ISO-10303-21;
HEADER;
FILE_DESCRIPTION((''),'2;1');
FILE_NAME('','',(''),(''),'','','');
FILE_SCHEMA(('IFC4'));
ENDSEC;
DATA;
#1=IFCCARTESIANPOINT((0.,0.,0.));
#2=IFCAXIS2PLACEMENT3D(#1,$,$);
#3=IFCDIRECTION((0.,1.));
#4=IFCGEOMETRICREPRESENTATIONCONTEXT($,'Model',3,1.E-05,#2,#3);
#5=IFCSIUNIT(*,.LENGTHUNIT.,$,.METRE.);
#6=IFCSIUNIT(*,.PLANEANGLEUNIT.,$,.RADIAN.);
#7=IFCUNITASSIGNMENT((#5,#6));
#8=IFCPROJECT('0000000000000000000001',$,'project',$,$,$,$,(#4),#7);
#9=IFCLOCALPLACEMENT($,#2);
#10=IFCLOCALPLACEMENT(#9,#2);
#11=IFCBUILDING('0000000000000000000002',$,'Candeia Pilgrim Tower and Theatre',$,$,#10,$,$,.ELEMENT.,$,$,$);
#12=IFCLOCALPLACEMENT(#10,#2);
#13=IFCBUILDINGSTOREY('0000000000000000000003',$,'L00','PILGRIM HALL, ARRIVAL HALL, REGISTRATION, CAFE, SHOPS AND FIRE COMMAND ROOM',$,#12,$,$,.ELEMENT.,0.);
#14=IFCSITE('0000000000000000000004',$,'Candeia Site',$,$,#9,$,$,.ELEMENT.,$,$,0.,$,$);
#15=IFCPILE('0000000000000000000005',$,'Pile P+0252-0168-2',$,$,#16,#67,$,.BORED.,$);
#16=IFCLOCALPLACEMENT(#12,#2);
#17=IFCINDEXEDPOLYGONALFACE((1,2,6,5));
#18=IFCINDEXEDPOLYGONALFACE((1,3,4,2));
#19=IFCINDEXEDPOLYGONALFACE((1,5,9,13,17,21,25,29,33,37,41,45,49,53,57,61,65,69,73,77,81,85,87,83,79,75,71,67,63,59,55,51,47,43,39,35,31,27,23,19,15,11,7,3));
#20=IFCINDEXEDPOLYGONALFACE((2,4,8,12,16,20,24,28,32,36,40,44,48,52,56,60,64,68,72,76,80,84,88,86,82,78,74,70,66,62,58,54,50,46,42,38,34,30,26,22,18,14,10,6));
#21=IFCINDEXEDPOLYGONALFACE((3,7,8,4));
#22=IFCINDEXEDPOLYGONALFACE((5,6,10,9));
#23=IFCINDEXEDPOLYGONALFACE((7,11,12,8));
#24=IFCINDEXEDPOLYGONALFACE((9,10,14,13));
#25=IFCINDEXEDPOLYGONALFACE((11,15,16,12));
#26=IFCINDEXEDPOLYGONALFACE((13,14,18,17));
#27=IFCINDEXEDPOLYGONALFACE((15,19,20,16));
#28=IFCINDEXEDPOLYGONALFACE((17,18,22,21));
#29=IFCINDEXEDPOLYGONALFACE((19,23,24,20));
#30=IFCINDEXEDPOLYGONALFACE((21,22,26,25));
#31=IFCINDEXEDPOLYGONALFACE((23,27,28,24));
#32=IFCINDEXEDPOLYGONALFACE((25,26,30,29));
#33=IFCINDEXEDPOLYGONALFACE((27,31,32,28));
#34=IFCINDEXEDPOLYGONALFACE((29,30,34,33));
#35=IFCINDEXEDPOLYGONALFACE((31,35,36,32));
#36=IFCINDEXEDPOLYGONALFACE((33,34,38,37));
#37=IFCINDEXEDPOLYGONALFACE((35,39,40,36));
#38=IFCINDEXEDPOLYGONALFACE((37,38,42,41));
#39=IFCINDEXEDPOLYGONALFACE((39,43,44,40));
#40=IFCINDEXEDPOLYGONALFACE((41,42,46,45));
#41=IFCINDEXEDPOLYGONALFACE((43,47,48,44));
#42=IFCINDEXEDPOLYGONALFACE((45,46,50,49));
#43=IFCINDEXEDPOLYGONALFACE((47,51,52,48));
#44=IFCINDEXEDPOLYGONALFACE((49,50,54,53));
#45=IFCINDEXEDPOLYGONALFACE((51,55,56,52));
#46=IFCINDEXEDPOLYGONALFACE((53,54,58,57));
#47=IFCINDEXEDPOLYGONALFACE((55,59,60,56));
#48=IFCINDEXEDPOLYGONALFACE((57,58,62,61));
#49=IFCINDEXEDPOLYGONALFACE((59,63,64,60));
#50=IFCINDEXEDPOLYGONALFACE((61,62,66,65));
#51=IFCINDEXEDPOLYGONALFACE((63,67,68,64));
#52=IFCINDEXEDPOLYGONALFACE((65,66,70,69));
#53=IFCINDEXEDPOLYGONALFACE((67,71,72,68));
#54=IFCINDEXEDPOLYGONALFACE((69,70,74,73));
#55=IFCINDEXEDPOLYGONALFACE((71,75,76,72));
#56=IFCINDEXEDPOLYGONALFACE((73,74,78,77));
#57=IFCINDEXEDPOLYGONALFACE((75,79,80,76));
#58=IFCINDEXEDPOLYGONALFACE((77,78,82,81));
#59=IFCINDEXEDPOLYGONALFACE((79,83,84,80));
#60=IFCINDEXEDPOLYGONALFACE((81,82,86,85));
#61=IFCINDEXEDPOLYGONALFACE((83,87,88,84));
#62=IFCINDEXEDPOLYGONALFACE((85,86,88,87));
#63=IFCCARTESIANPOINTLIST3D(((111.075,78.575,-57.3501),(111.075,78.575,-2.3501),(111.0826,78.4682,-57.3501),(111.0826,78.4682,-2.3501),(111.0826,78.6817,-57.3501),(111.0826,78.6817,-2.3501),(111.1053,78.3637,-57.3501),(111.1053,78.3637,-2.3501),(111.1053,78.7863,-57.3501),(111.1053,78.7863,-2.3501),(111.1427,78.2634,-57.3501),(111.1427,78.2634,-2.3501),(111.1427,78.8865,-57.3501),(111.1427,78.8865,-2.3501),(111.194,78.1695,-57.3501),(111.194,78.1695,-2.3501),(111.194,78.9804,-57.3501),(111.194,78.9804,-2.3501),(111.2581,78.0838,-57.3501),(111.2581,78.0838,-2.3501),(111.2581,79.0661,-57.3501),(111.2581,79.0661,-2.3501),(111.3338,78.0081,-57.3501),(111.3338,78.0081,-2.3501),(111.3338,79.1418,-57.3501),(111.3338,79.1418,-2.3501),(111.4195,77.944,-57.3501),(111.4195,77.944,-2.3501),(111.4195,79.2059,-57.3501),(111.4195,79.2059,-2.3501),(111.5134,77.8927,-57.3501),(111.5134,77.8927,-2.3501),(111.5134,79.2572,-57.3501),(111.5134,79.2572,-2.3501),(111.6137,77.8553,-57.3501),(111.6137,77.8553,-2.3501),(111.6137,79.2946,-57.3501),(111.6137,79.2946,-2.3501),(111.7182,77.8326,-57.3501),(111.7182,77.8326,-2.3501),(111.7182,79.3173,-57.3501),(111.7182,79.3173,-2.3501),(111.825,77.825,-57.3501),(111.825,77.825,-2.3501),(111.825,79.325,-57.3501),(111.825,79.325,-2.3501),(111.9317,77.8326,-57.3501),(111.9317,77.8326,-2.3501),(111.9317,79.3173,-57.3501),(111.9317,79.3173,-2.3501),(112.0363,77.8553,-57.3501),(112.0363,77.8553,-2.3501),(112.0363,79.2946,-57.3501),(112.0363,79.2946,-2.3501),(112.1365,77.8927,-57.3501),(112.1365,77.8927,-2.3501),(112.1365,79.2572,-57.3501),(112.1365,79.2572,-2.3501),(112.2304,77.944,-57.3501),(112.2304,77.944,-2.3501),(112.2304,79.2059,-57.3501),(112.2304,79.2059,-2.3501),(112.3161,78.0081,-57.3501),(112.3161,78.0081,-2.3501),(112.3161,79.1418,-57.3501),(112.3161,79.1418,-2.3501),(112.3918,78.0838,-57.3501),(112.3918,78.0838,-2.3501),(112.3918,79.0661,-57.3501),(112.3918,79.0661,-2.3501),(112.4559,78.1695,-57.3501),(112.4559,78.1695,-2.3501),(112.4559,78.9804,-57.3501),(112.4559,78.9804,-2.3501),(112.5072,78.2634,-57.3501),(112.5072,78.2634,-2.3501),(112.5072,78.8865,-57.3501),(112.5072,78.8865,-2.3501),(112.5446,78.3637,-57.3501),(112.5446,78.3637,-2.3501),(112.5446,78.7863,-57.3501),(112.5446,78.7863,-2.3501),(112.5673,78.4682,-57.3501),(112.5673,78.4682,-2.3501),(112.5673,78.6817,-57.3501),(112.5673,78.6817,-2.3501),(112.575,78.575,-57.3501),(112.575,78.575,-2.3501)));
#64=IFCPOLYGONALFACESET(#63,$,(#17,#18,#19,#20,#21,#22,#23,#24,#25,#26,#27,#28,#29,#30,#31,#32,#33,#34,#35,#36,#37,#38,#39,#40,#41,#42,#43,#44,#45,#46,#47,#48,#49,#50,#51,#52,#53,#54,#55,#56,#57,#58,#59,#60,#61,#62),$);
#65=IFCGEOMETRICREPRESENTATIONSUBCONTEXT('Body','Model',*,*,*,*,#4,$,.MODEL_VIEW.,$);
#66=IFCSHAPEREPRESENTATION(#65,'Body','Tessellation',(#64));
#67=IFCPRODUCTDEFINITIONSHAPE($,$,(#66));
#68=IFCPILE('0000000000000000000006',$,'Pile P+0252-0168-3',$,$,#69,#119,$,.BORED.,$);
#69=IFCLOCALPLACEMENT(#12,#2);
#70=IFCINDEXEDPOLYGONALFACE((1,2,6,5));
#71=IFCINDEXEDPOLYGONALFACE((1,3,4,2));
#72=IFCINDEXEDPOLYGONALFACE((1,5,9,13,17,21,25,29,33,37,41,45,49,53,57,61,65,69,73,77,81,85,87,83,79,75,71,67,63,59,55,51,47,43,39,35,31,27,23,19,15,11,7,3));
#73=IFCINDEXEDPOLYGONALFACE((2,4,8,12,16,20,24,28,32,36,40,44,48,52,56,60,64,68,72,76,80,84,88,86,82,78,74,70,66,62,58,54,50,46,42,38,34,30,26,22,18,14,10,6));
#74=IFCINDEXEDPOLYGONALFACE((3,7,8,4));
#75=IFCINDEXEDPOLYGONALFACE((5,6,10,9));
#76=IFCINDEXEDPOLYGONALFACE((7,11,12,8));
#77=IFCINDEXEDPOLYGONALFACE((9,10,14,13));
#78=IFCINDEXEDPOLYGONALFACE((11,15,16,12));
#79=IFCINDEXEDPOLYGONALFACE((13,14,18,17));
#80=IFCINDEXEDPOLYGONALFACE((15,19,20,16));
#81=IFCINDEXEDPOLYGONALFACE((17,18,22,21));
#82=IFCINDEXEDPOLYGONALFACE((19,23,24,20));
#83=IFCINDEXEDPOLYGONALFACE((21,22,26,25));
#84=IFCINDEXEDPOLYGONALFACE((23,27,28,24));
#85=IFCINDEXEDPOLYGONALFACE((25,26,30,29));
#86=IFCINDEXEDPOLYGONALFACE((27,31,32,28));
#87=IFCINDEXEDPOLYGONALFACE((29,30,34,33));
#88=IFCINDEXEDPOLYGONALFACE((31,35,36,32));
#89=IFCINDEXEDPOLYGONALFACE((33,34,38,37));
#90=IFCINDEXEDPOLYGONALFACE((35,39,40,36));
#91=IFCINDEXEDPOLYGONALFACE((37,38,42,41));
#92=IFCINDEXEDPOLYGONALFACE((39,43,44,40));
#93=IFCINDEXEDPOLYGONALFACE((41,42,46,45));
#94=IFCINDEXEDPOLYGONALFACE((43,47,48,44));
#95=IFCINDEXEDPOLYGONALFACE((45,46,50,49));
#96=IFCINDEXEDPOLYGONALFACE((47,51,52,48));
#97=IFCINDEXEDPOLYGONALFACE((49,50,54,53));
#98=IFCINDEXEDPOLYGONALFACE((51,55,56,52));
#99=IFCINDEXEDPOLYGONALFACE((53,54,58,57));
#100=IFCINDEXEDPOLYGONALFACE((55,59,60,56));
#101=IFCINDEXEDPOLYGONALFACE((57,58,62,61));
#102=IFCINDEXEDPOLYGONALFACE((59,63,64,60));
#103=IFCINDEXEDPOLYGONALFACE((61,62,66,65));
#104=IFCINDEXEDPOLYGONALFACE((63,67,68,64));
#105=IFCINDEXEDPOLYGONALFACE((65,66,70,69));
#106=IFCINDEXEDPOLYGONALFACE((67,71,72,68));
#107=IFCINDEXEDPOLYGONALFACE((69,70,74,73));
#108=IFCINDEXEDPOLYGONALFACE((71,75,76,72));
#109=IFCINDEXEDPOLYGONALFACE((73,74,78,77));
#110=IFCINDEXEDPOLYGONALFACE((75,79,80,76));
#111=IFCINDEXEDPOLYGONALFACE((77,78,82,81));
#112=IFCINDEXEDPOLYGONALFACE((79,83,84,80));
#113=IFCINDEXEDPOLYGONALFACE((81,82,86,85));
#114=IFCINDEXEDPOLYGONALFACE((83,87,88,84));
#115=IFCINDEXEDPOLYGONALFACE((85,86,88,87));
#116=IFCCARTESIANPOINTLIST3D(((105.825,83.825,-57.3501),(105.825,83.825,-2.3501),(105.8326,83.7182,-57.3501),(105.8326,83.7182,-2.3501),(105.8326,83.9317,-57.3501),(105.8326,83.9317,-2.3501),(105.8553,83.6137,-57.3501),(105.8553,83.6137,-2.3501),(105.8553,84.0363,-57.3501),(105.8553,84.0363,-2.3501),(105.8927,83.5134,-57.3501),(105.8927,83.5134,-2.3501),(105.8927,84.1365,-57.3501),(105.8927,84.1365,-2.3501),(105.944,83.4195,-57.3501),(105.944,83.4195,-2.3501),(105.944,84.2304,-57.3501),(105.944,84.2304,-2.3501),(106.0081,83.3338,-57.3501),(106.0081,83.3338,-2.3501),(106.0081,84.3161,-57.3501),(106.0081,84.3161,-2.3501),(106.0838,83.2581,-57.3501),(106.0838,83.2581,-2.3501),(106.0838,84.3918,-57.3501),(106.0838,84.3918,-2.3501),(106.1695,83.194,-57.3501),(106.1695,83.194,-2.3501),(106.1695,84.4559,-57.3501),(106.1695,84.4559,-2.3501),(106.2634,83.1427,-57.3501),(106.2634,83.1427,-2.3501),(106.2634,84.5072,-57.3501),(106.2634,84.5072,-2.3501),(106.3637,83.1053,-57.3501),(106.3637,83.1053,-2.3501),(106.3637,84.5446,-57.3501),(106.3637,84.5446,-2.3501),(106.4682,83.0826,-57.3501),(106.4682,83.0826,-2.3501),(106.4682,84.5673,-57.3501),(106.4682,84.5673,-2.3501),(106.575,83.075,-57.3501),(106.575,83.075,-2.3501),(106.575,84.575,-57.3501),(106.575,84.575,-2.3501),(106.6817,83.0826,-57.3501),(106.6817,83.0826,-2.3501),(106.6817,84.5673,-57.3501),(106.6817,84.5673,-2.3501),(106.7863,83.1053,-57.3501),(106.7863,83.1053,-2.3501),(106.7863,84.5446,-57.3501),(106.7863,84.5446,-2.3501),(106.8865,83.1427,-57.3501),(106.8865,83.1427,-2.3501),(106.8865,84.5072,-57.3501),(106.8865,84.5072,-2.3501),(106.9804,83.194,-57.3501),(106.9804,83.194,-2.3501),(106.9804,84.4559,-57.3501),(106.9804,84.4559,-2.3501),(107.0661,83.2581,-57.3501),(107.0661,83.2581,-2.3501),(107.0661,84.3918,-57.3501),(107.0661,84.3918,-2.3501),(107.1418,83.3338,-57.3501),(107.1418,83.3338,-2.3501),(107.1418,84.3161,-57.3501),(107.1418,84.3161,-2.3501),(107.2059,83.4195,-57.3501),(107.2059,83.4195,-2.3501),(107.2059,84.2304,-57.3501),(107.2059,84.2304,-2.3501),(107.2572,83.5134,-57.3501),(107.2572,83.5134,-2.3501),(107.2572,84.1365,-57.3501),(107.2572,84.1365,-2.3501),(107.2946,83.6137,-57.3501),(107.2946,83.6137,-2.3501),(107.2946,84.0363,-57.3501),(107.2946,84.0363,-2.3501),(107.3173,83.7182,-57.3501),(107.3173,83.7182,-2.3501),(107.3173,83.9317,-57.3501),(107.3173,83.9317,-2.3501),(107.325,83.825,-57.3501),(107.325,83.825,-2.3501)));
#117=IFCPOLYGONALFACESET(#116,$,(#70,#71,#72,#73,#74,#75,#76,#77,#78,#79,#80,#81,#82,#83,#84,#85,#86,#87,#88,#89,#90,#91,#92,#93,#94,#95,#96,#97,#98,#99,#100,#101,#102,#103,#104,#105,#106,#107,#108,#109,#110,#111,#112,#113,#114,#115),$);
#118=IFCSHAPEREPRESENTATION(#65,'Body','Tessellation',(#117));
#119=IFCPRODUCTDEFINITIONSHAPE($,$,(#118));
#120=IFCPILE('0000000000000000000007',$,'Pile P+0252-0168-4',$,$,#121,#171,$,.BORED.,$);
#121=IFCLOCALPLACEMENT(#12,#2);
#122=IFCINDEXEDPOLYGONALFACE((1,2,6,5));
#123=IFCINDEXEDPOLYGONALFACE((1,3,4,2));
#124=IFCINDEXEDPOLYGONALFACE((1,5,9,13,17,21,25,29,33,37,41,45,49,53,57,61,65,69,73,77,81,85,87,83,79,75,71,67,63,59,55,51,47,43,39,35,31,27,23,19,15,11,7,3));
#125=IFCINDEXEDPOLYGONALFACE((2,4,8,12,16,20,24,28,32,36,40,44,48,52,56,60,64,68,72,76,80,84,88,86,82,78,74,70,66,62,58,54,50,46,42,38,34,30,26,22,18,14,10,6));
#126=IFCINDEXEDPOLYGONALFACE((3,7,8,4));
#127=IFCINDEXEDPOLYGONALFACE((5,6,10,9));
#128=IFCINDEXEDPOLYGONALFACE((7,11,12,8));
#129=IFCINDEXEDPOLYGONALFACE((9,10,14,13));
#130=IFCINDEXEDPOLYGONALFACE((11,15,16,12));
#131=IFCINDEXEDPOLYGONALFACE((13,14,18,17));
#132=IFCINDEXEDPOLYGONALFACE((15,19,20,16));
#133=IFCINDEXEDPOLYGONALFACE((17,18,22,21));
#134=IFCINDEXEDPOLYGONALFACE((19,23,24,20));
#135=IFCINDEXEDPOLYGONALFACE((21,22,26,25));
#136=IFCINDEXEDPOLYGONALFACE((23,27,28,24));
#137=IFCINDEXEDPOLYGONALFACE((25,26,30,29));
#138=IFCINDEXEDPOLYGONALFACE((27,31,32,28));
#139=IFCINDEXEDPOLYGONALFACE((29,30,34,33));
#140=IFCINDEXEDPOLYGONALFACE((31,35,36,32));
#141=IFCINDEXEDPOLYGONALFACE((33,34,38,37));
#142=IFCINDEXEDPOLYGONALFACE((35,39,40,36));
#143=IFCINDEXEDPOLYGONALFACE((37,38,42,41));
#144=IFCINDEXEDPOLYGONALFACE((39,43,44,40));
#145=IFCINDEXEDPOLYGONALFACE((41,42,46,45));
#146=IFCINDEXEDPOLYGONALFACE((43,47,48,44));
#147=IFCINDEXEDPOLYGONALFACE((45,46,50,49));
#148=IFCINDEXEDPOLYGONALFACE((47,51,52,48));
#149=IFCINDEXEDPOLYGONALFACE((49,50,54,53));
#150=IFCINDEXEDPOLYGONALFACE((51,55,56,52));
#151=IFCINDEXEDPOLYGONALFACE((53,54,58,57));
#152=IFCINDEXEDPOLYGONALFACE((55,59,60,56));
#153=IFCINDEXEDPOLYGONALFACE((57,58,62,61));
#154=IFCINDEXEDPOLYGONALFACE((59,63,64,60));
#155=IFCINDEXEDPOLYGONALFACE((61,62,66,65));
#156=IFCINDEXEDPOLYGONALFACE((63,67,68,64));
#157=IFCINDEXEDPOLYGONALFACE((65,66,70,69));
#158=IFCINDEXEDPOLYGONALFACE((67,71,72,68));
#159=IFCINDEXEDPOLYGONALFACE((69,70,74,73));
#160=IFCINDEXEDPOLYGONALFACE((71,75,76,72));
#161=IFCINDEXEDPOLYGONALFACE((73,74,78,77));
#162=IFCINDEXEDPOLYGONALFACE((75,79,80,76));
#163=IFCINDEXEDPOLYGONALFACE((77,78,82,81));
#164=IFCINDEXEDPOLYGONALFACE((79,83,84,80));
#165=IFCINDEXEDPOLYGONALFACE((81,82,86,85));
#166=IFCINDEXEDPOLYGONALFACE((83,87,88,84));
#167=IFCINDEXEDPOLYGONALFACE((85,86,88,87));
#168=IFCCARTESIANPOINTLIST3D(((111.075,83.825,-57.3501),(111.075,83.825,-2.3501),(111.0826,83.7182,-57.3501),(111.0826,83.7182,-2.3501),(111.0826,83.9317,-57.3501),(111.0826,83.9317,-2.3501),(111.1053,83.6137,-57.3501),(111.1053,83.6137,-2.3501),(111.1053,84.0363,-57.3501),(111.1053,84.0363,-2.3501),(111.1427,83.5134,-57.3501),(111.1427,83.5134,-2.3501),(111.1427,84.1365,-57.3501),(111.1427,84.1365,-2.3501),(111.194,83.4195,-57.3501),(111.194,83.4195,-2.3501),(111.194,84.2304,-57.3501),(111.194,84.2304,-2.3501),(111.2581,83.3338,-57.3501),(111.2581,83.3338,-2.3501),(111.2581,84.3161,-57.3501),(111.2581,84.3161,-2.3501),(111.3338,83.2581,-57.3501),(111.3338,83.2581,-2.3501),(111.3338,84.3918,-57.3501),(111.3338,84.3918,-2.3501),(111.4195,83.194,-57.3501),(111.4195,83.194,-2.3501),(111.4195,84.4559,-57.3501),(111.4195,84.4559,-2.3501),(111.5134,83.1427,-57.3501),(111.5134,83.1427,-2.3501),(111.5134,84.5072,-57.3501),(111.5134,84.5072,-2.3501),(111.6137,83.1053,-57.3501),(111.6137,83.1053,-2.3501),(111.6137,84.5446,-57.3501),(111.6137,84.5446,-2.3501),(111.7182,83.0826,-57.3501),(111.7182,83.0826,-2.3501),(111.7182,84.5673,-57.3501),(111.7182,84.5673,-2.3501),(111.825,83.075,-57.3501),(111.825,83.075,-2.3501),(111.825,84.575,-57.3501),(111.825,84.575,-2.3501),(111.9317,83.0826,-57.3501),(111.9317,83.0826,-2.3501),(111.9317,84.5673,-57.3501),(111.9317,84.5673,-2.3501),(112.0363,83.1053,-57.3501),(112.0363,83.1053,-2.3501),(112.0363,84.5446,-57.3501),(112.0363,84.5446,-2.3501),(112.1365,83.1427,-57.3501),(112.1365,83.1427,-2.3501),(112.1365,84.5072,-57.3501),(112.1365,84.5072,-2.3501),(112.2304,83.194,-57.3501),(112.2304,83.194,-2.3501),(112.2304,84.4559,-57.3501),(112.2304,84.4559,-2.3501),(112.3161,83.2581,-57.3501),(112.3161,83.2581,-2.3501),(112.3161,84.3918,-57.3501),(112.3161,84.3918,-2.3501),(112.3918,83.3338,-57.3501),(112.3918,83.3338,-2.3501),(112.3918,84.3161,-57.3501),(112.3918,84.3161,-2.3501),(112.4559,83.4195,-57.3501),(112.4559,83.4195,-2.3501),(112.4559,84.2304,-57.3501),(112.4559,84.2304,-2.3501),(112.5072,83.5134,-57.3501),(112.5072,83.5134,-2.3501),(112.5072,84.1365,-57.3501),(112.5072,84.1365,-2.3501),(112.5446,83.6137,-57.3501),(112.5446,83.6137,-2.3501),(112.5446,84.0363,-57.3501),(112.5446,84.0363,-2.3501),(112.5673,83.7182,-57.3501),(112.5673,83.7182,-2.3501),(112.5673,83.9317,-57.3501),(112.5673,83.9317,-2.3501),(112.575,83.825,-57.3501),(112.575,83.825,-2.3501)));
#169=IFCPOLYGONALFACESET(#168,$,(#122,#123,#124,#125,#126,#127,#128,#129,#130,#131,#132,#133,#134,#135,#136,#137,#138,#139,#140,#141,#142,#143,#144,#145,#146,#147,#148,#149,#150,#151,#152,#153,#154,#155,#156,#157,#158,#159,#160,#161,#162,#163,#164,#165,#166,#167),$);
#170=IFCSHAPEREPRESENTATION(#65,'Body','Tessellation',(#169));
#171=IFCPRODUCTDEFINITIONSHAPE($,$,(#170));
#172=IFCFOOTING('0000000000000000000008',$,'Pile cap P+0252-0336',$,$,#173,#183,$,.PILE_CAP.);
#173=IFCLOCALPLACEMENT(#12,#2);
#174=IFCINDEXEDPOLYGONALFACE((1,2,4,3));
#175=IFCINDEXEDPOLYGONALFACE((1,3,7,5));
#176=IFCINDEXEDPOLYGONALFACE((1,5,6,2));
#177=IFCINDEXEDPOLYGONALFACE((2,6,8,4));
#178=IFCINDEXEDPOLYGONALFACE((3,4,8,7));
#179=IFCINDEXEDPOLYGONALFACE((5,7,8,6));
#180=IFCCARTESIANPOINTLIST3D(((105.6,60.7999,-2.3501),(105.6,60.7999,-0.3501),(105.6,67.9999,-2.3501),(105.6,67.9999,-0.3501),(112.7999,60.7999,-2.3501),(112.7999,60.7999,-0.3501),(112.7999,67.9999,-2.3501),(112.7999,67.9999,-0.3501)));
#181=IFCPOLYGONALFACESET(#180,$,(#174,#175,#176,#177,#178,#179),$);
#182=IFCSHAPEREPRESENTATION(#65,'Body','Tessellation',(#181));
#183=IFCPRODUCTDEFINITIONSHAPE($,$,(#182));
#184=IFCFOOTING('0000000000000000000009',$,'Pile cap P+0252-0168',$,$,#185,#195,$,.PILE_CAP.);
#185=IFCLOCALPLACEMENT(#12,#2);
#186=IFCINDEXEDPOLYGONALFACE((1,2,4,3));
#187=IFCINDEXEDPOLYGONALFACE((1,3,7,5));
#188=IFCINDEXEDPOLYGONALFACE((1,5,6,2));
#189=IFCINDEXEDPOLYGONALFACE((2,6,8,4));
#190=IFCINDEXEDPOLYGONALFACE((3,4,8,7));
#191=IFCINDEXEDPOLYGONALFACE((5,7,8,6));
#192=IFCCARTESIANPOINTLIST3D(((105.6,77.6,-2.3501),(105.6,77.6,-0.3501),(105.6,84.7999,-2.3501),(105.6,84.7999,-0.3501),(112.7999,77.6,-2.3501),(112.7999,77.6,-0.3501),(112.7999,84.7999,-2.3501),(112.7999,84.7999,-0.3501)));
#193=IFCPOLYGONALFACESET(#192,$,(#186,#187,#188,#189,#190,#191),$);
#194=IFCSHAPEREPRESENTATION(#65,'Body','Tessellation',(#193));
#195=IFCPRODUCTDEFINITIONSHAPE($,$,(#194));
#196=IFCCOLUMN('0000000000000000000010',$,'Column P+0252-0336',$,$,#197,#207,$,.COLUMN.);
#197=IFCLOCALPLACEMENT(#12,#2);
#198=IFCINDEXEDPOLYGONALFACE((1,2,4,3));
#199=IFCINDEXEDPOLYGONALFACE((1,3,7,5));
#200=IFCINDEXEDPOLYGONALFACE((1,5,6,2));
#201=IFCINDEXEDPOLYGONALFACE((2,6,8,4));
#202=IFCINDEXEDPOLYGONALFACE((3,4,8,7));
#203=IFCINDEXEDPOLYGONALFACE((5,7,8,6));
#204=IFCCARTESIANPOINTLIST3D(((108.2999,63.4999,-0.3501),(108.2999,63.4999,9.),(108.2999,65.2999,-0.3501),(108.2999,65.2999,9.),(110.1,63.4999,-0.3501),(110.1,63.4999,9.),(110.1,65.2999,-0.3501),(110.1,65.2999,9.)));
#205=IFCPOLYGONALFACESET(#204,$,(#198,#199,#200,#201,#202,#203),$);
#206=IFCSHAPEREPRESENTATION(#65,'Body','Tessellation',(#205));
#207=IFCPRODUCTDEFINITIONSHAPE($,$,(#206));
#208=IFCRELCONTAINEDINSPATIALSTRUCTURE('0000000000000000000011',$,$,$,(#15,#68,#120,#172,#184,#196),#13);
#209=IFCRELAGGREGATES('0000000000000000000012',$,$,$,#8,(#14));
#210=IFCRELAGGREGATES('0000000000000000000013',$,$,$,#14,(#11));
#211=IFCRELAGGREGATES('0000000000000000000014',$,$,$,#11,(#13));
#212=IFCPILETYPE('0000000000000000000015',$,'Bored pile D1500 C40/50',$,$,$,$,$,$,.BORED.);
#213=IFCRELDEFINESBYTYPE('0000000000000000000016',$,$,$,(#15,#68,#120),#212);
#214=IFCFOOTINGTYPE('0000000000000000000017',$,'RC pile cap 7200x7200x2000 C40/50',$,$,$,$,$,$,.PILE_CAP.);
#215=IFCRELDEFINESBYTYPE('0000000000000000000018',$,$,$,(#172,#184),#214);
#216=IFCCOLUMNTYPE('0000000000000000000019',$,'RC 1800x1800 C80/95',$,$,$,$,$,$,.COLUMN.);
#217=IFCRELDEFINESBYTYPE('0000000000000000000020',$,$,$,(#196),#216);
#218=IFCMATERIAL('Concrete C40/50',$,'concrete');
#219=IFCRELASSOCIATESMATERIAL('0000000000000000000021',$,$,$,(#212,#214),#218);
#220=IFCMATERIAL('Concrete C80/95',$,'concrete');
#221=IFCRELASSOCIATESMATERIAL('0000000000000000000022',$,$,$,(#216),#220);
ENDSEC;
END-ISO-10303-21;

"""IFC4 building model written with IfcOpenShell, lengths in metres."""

from ifc_helpers import new_model, si_unit, direction, frame, origin, origin_2d, place, context, subcontext, project, spatial, rectangle, circle, extrude, material, material_profile, profile_set, type_object, element, save


model = new_model("IFC4")

# Units and contexts
model_context = context("Model", 3, precision=1e-05, world=origin(), true_north=direction((0.0, 1.0)))
body_context = subcontext(model_context, "Body", "Model", "MODEL_VIEW")
ifc_project = project(units=[si_unit("LENGTHUNIT", "METRE"), si_unit("PLANEANGLEUNIT", "RADIAN")], contexts=[model_context])

# Site, building, storey
site_placement = place(None, origin())
site = spatial("IfcSite", under=ifc_project, at=site_placement, Name="Candeia Site", CompositionType="ELEMENT", RefElevation=0.0)
building_placement = place(site_placement, origin())
building = spatial("IfcBuilding", under=site, at=building_placement, Name="Candeia Pilgrim Tower and Theatre", CompositionType="ELEMENT")
storey_placement = place(building_placement, origin())
storey = spatial("IfcBuildingStorey", under=building, at=storey_placement, Name="L00", Description="PILGRIM HALL, ARRIVAL HALL, REGISTRATION, CAFE, SHOPS AND FIRE COMMAND ROOM", CompositionType="ELEMENT", Elevation=0.0)

# Piles
ifc_material_1 = material(Name="Concrete C40/50", Category="concrete")
ifc_material_profile_1 = material_profile(ifc_material_1, circle(Radius=0.75, at=origin_2d()))
ifc_profile_set_1 = profile_set([ifc_material_profile_1], Name="Concrete C40/50")
pile_type = type_object("IfcPileType", Name="Bored pile D1500 C40/50", PredefinedType="BORED", material=ifc_profile_set_1)
for number, where, z_axis, x_axis, name in (
    (1, (111.825, 78.575, -2.3501), (0.0, 0.0, -1.0), (1.0, 0.0, 0.0), "Pile P+0252-0168-2"),
    (2, (106.575, 83.825, -2.3501), (0.0, 0.0, -1.0), (1.0, 0.0, 0.0), "Pile P+0252-0168-3"),
    (3, (111.825, 83.825, -2.3501), (0.0, 0.0, -1.0), (1.0, 0.0, 0.0), "Pile P+0252-0168-4"),
):
    element("IfcPile", number, at=place(storey_placement, frame(where, z_axis=z_axis, x_axis=x_axis)), inside=storey, type_object=pile_type, Name=name, PredefinedType="BORED", context=body_context, shape_type="SweptSolid", body=[
        extrude(circle(Radius=0.75, at=origin_2d()), origin(), (0.0, 0.0, 1.0), 55.0),
    ])

# Footings
footing_type = type_object("IfcFootingType", Name="RC pile cap 7200x7200x2000 C40/50", PredefinedType="PILE_CAP", material=ifc_material_1)
for number, where, z_axis, x_axis, name in (
    (4, (109.2, 64.3999, -2.3501), (0.0, 0.0, 1.0), (1.0, 0.0, 0.0), "Pile cap P+0252-0336"),
    (5, (109.2, 81.2, -2.3501), (0.0, 0.0, 1.0), (1.0, 0.0, 0.0), "Pile cap P+0252-0168"),
):
    element("IfcFooting", number, at=place(storey_placement, frame(where, z_axis=z_axis, x_axis=x_axis)), inside=storey, type_object=footing_type, Name=name, PredefinedType="PILE_CAP", context=body_context, shape_type="SweptSolid", body=[
        extrude(rectangle(XDim=7.2, YDim=7.2, at=origin_2d()), origin(), (0.0, 0.0, 1.0), 2.0),
    ])

# Column
ifc_material_2 = material(Name="Concrete C80/95", Category="concrete")
ifc_material_profile_2 = material_profile(ifc_material_2, rectangle(XDim=1.8, YDim=1.8, at=origin_2d()))
ifc_profile_set_2 = profile_set([ifc_material_profile_2], Name="Concrete C80/95")
column_type = type_object("IfcColumnType", Name="RC 1800x1800 C80/95", PredefinedType="COLUMN", material=ifc_profile_set_2)
for number, where, z_axis, x_axis, name in (
    (6, (109.2, 64.3999, -0.3501), (0.0, 0.0, 1.0), (1.0, 0.0, 0.0), "Column P+0252-0336"),
):
    element("IfcColumn", number, at=place(storey_placement, frame(where, z_axis=z_axis, x_axis=x_axis)), inside=storey, type_object=column_type, Name=name, PredefinedType="COLUMN", context=body_context, shape_type="SweptSolid", body=[
        extrude(rectangle(XDim=1.8, YDim=1.8, at=origin_2d()), origin(), (0.0, 0.0, 1.0), 9.3501),
    ])

save(model, "model.ifc")
